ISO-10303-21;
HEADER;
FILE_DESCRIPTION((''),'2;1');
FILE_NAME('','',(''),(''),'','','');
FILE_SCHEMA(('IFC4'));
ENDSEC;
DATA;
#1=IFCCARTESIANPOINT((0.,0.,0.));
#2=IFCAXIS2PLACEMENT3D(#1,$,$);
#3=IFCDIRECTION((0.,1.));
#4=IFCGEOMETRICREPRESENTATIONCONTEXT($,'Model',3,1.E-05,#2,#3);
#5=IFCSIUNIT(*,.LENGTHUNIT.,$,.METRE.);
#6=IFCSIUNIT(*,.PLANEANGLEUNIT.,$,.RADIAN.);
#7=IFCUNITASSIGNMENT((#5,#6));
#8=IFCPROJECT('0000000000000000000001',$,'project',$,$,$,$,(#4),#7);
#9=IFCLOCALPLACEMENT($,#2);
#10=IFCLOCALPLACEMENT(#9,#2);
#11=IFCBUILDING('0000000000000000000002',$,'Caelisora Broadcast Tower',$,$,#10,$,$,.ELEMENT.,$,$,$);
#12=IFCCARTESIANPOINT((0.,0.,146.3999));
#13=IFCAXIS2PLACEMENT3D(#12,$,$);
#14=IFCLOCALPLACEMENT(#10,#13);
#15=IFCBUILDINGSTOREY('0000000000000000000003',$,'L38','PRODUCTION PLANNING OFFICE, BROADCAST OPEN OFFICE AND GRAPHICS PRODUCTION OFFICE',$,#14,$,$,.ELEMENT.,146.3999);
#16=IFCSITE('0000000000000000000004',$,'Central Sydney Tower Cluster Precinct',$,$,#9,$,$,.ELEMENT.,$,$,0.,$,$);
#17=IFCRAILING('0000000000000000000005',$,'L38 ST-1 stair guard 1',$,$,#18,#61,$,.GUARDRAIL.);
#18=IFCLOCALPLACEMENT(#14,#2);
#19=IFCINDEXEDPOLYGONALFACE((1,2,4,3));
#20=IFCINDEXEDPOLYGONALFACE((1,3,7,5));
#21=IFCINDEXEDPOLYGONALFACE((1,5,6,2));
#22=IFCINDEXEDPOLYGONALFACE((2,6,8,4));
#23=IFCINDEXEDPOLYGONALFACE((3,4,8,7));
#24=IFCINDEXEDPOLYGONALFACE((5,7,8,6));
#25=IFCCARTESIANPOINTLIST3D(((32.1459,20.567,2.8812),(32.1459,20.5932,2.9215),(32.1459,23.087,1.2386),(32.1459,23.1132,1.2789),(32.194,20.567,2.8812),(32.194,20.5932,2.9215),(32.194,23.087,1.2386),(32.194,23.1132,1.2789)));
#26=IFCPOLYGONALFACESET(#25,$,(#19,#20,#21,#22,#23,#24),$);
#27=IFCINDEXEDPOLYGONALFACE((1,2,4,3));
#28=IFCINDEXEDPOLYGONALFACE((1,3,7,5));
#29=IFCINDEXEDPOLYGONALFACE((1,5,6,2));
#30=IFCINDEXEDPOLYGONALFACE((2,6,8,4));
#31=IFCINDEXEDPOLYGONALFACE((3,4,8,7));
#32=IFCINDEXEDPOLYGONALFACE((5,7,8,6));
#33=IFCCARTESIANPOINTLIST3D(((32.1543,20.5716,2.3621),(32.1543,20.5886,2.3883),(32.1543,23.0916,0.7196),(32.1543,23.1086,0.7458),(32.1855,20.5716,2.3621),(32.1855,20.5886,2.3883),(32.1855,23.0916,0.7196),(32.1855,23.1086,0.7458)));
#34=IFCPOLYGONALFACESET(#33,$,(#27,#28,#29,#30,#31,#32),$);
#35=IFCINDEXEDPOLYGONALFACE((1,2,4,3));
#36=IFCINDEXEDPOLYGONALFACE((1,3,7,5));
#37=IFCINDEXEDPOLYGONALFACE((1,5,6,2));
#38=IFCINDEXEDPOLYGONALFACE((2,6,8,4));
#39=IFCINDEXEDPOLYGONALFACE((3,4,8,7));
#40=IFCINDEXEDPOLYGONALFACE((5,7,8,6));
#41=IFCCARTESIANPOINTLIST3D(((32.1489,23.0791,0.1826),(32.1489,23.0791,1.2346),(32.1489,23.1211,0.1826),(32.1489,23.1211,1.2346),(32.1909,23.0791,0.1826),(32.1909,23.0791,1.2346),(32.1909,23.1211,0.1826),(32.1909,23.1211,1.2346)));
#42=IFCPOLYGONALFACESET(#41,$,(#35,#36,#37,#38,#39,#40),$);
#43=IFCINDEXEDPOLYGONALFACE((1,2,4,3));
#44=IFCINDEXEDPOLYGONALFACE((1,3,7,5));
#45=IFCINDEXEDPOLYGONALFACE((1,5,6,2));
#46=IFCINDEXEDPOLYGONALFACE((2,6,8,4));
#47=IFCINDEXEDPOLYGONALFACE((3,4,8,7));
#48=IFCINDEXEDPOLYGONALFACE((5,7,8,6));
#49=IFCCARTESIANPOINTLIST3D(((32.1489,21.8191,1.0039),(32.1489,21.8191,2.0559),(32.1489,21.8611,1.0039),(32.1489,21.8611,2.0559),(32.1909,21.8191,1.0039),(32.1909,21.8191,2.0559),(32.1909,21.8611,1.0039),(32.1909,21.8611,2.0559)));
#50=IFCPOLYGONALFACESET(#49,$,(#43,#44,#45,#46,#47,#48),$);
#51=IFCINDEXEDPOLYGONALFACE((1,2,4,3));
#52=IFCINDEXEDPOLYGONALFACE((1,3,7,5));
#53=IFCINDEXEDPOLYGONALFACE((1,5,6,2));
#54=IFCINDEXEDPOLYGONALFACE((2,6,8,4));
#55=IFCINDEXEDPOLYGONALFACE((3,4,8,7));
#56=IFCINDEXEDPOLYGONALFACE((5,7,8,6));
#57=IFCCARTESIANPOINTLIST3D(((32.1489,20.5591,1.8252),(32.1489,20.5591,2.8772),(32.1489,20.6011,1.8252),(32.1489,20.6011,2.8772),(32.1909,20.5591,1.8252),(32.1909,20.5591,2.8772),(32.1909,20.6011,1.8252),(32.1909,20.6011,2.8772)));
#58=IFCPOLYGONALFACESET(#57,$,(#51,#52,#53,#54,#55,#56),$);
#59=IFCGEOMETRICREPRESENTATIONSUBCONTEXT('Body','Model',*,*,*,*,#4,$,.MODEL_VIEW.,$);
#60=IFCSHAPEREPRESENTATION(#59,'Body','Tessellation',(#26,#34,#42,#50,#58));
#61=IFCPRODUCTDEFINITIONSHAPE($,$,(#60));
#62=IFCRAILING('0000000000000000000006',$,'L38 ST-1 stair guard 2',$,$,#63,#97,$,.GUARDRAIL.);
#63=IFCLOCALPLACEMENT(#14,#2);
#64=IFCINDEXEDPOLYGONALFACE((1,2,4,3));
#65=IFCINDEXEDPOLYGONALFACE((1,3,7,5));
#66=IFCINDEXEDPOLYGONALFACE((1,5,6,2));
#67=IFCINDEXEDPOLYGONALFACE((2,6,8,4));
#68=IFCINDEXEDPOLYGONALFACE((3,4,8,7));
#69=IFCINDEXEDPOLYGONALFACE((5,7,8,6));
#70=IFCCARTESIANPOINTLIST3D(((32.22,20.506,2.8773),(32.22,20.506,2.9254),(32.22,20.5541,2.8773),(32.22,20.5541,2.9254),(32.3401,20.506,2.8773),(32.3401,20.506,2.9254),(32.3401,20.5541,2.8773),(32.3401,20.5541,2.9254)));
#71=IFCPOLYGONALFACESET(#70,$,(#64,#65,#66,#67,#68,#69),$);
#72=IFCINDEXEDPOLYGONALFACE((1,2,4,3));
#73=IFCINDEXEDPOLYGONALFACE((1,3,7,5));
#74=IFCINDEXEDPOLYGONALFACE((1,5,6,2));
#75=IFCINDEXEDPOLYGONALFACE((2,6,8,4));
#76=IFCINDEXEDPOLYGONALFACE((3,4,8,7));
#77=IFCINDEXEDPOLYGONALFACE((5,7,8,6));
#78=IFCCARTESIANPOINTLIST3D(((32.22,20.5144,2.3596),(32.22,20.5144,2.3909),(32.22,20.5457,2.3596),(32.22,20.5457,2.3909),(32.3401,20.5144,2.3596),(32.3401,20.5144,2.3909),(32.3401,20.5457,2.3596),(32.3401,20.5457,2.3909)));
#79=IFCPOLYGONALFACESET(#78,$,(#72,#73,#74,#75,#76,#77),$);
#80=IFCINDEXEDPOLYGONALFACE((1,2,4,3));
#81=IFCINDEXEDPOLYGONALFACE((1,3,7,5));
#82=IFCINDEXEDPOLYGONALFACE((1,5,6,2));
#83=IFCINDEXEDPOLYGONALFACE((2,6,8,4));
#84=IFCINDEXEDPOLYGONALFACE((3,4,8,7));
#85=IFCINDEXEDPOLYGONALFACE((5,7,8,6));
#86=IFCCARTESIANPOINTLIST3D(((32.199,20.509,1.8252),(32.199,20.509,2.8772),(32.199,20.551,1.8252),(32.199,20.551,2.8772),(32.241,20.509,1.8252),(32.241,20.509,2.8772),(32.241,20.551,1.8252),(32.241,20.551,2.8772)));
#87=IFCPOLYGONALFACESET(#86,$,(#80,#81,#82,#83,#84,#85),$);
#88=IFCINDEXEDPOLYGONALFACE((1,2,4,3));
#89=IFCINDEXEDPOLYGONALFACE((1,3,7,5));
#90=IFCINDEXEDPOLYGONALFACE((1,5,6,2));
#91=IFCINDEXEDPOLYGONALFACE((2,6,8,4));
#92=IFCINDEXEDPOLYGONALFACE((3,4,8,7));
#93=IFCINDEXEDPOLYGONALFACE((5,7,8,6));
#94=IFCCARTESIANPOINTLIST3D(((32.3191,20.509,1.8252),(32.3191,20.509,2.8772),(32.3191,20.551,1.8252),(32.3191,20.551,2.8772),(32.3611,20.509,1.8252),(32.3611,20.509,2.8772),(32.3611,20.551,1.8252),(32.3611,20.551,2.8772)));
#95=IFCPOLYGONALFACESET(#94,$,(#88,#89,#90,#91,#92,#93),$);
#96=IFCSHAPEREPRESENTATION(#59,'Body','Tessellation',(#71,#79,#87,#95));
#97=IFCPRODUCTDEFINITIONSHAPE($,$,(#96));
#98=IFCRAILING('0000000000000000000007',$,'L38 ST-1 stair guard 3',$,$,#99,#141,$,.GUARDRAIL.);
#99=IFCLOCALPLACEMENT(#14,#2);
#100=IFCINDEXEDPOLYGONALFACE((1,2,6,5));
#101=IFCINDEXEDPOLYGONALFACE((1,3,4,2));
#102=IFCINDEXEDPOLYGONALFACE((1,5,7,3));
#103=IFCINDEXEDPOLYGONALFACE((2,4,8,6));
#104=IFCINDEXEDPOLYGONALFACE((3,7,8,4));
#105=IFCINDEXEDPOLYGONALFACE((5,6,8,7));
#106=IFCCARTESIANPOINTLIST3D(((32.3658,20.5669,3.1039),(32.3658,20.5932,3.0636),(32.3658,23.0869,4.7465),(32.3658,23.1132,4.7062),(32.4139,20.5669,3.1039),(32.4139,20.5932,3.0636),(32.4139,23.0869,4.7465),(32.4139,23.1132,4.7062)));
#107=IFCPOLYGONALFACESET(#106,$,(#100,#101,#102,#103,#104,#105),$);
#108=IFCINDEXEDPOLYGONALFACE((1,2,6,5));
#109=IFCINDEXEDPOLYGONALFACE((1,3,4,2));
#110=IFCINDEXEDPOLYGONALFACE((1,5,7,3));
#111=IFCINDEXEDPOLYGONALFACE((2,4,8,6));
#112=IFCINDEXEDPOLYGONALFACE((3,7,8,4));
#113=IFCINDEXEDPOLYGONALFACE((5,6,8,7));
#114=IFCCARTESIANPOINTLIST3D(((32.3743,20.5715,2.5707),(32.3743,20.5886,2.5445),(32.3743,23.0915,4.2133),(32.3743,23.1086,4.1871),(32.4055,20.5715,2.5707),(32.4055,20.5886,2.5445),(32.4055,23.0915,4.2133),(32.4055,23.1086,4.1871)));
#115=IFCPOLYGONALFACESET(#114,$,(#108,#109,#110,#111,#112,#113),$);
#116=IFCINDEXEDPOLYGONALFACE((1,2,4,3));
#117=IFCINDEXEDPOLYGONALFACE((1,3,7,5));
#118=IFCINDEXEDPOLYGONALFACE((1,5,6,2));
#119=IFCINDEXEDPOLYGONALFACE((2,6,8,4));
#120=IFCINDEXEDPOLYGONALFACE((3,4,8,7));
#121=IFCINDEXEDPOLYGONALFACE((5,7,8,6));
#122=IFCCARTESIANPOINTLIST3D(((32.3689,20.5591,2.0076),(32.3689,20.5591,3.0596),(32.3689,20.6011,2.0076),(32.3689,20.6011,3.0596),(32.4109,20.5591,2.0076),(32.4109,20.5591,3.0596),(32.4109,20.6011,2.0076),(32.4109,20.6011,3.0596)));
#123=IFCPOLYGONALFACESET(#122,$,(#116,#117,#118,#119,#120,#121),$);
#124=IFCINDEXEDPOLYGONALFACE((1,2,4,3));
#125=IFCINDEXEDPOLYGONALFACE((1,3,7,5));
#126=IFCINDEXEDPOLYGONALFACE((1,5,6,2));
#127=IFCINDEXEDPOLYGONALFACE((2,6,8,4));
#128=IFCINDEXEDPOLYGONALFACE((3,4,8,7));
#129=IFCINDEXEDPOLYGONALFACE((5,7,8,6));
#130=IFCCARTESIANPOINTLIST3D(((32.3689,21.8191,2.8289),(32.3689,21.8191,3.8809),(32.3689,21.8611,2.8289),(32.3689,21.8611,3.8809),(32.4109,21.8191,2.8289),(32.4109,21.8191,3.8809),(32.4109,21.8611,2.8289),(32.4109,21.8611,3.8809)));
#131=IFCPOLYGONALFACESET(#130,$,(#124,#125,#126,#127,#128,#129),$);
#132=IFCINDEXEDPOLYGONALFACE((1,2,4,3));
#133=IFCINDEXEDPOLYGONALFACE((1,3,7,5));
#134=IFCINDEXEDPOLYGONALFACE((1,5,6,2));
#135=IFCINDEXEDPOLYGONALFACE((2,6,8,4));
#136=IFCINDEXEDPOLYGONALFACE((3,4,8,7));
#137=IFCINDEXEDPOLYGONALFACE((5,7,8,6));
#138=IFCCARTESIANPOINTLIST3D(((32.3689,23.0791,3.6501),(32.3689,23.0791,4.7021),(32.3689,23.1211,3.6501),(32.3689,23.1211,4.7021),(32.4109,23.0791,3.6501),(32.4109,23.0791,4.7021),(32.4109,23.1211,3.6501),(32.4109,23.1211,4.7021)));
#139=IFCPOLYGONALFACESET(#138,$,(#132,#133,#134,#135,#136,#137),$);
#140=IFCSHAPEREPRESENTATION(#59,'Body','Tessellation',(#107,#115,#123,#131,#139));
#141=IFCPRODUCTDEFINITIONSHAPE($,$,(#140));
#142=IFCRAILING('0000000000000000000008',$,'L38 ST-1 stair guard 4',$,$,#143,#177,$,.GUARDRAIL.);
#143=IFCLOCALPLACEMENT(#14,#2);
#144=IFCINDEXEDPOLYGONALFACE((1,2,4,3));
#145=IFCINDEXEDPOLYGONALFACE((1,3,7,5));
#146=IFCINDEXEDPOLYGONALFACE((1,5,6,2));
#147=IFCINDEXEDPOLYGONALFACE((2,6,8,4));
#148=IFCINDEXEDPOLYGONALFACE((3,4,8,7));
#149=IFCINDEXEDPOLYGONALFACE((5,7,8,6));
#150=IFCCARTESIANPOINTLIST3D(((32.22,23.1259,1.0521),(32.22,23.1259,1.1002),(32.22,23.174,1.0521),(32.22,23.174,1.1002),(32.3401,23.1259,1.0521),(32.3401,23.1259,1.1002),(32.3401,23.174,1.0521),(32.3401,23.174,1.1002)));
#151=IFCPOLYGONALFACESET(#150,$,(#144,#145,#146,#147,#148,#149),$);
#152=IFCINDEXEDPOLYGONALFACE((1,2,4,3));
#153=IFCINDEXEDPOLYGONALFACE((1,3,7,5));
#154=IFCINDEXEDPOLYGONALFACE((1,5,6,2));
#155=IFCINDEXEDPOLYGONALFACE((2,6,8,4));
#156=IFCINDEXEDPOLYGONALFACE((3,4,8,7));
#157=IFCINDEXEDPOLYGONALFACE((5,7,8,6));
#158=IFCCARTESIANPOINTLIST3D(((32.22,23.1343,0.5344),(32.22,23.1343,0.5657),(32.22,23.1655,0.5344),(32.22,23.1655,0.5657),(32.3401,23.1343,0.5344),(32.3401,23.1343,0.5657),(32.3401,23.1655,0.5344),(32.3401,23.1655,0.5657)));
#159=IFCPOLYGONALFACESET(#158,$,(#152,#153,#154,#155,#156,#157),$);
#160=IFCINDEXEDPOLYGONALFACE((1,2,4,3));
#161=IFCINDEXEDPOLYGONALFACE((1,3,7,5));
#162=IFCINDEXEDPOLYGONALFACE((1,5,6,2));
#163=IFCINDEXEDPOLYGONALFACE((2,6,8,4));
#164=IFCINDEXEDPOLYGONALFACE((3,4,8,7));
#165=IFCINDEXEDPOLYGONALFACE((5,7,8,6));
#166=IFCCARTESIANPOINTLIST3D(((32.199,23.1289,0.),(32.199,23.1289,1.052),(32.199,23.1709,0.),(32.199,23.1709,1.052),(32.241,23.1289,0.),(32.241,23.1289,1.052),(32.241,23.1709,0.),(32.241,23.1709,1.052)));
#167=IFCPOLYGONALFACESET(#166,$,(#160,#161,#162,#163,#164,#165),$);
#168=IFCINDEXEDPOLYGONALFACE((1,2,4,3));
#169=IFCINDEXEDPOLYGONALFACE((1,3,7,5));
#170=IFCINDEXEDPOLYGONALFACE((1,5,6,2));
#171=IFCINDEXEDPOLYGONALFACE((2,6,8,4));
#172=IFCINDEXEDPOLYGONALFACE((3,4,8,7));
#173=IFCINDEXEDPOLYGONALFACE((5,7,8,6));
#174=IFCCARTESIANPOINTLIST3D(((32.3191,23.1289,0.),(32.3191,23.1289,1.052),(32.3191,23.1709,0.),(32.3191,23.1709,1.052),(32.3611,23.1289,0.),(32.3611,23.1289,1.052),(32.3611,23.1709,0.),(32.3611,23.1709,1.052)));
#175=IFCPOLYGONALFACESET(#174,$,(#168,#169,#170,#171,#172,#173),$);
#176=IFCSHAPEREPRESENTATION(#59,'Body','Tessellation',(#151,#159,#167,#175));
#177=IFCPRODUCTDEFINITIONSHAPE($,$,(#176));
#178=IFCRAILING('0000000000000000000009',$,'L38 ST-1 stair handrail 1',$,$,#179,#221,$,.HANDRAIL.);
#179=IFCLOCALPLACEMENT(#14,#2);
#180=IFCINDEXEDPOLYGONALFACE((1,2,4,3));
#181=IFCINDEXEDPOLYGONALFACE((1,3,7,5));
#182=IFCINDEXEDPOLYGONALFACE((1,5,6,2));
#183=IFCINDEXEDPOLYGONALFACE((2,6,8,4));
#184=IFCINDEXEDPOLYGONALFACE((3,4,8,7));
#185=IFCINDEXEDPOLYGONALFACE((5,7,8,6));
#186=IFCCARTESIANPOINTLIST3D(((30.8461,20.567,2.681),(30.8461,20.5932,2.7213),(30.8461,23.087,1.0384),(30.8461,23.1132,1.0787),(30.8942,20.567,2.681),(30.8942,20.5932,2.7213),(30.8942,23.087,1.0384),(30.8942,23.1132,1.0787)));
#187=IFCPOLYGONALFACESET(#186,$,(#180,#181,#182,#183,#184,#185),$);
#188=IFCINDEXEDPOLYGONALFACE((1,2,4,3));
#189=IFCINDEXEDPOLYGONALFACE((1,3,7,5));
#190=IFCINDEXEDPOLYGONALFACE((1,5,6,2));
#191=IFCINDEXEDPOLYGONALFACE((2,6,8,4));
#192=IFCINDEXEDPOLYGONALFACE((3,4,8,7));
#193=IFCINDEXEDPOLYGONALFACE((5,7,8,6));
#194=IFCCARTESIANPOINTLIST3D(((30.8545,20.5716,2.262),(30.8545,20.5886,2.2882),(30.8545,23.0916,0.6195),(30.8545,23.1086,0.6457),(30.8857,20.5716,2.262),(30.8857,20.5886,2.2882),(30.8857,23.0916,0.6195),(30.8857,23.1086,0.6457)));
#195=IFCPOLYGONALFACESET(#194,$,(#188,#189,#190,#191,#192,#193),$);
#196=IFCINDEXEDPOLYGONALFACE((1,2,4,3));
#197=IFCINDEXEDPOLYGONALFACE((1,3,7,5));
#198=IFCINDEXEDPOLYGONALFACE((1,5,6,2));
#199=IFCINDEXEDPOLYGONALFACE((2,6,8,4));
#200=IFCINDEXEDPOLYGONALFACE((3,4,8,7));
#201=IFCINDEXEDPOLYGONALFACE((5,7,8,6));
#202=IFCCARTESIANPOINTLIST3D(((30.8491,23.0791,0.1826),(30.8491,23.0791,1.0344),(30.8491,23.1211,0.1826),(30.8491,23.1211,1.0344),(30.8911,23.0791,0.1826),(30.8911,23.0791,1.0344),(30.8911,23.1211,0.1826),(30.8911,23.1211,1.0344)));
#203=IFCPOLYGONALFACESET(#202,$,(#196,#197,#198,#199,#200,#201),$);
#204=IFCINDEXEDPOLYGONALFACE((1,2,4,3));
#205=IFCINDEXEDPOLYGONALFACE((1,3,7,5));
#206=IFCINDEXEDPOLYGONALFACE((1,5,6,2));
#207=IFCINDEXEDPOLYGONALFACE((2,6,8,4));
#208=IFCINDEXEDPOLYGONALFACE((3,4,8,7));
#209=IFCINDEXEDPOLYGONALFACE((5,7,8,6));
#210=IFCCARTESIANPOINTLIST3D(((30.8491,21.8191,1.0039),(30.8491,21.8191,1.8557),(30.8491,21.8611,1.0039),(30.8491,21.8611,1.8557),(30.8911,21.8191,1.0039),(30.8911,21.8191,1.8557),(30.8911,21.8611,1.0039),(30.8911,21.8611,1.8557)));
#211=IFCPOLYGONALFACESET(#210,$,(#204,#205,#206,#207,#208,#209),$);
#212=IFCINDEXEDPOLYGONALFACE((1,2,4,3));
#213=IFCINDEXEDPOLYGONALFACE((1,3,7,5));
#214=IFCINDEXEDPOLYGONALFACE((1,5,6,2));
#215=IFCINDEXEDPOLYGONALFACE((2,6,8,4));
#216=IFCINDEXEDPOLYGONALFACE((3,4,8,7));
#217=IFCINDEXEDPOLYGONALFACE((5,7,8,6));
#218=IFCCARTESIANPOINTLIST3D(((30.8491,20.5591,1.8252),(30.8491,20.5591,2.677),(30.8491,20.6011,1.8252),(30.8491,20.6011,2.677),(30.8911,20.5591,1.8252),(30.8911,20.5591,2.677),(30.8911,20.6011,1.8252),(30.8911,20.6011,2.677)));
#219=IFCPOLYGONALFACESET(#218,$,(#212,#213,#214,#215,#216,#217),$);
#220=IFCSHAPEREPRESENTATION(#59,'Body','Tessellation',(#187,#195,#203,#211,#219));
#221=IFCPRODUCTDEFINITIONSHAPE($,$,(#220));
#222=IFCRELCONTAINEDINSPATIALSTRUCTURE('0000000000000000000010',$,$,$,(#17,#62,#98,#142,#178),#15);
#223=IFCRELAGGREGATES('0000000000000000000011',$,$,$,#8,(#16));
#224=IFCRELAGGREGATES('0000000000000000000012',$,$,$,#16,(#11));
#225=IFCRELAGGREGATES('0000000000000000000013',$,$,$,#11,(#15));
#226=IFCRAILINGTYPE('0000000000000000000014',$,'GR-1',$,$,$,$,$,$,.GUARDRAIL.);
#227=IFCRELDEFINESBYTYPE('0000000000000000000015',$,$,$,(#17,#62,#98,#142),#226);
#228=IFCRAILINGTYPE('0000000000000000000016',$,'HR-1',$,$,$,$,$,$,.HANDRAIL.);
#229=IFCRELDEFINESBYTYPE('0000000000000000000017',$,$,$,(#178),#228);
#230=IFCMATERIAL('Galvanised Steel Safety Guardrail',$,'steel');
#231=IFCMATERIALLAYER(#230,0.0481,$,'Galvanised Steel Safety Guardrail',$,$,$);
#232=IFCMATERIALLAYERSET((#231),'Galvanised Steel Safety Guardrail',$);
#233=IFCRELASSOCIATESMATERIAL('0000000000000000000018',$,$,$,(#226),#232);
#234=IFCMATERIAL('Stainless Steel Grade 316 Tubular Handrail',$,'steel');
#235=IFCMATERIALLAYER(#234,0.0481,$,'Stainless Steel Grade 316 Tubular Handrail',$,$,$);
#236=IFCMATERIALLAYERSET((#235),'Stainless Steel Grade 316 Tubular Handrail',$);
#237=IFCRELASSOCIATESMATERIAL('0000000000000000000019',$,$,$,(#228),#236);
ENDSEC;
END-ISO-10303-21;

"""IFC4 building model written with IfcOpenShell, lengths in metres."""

from ifc_helpers import new_model, si_unit, direction, frame, origin, origin_2d, place, context, subcontext, project, spatial, rectangle, extrude, material, layer, layer_set, type_object, element, save


model = new_model("IFC4")

# Units and contexts
model_context = context("Model", 3, precision=1e-05, world=origin(), true_north=direction((0.0, 1.0)))
body_context = subcontext(model_context, "Body", "Model", "MODEL_VIEW")
ifc_project = project(units=[si_unit("LENGTHUNIT", "METRE"), si_unit("PLANEANGLEUNIT", "RADIAN")], contexts=[model_context])

# Site, building, storey
site_placement = place(None, origin())
site = spatial("IfcSite", under=ifc_project, at=site_placement, Name="Central Sydney Tower Cluster Precinct", CompositionType="ELEMENT", RefElevation=0.0)
building_placement = place(site_placement, origin())
building = spatial("IfcBuilding", under=site, at=building_placement, Name="Caelisora Broadcast Tower", CompositionType="ELEMENT")
storey_placement = place(building_placement, frame((0.0, 0.0, 146.3999)))
storey = spatial("IfcBuildingStorey", under=building, at=storey_placement, Name="L38", Description="PRODUCTION PLANNING OFFICE, BROADCAST OPEN OFFICE AND GRAPHICS PRODUCTION OFFICE", CompositionType="ELEMENT", Elevation=146.3999)

# Railings
ifc_material_1 = material(Name="Galvanised Steel Safety Guardrail", Category="steel")
ifc_layer_1 = layer(ifc_material_1, 0.0481, Name="Galvanised Steel Safety Guardrail")
ifc_layer_set_1 = layer_set([ifc_layer_1], Name="Galvanised Steel Safety Guardrail")
railing_type_1 = type_object("IfcRailingType", Name="GR-1", PredefinedType="GUARDRAIL", material=ifc_layer_set_1)
railing_1_placement = place(storey_placement, frame((32.1699, 23.1001, 0.1826)))
element("IfcRailing", 1, at=railing_1_placement, inside=storey, type_object=railing_type_1, Name="L38 ST-1 stair guard 1", PredefinedType="GUARDRAIL", context=body_context, shape_type="SweptSolid", body=[
    extrude(rectangle(XDim=0.0481, YDim=0.0481, at=origin_2d()), frame((0.0, 0.0, 1.0762), z_axis=(0.0, -0.837749, 0.546055), x_axis=(1.0, 0.0, 0.0)), (0.0, 0.0, 1.0), 3.0081),
    extrude(rectangle(XDim=0.0312, YDim=0.0312, at=origin_2d()), frame((0.0, 0.0, 0.55), z_axis=(0.0, -0.837749, 0.546055), x_axis=(1.0, 0.0, 0.0)), (0.0, 0.0, 1.0), 3.0081),
    extrude(rectangle(XDim=0.042, YDim=0.042, at=origin_2d()), origin(), (0.0, 0.0, 1.0), 1.052),
    extrude(rectangle(XDim=0.042, YDim=0.042, at=origin_2d()), frame((0.0, -1.26, 0.8213)), (0.0, 0.0, 1.0), 1.052),
    extrude(rectangle(XDim=0.042, YDim=0.042, at=origin_2d()), frame((0.0, -2.52, 1.6426)), (0.0, 0.0, 1.0), 1.052),
])
railing_2_placement = place(storey_placement, frame((32.22, 20.53, 1.8252)))
element("IfcRailing", 2, at=railing_2_placement, inside=storey, type_object=railing_type_1, Name="L38 ST-1 stair guard 2", PredefinedType="GUARDRAIL", context=body_context, shape_type="SweptSolid", body=[
    extrude(rectangle(XDim=0.0481, YDim=0.0481, at=origin_2d()), frame((0.0, 0.0, 1.0762), z_axis=(1.0, 0.0, 0.0), x_axis=(0.0, 1.0, 0.0)), (0.0, 0.0, 1.0), 0.1201),
    extrude(rectangle(XDim=0.0312, YDim=0.0312, at=origin_2d()), frame((0.0, 0.0, 0.55), z_axis=(1.0, 0.0, 0.0), x_axis=(0.0, 1.0, 0.0)), (0.0, 0.0, 1.0), 0.1201),
    extrude(rectangle(XDim=0.042, YDim=0.042, at=origin_2d()), origin(), (0.0, 0.0, 1.0), 1.052),
    extrude(rectangle(XDim=0.042, YDim=0.042, at=origin_2d()), frame((0.1201, 0.0, 0.0)), (0.0, 0.0, 1.0), 1.052),
])
railing_3_placement = place(storey_placement, frame((32.3899, 20.5801, 2.0076)))
element("IfcRailing", 3, at=railing_3_placement, inside=storey, type_object=railing_type_1, Name="L38 ST-1 stair guard 3", PredefinedType="GUARDRAIL", context=body_context, shape_type="SweptSolid", body=[
    extrude(rectangle(XDim=0.0481, YDim=0.0481, at=origin_2d()), frame((0.0, 0.0, 1.0762), z_axis=(0.0, 0.837749, 0.546055), x_axis=(-1.0, 0.0, 0.0)), (0.0, 0.0, 1.0), 3.0081),
    extrude(rectangle(XDim=0.0312, YDim=0.0312, at=origin_2d()), frame((0.0, 0.0, 0.55), z_axis=(0.0, 0.837749, 0.546055), x_axis=(-1.0, 0.0, 0.0)), (0.0, 0.0, 1.0), 3.0081),
    extrude(rectangle(XDim=0.042, YDim=0.042, at=origin_2d()), origin(), (0.0, 0.0, 1.0), 1.052),
    extrude(rectangle(XDim=0.042, YDim=0.042, at=origin_2d()), frame((0.0, 1.26, 0.8213)), (0.0, 0.0, 1.0), 1.052),
    extrude(rectangle(XDim=0.042, YDim=0.042, at=origin_2d()), frame((0.0, 2.52, 1.6426)), (0.0, 0.0, 1.0), 1.052),
])
railing_4_placement = place(storey_placement, frame((32.22, 23.1499, 0.0)))
element("IfcRailing", 4, at=railing_4_placement, inside=storey, type_object=railing_type_1, Name="L38 ST-1 stair guard 4", PredefinedType="GUARDRAIL", context=body_context, shape_type="SweptSolid", body=[
    extrude(rectangle(XDim=0.0481, YDim=0.0481, at=origin_2d()), frame((0.0, 0.0, 1.0762), z_axis=(1.0, 0.0, 0.0), x_axis=(0.0, 1.0, 0.0)), (0.0, 0.0, 1.0), 0.1201),
    extrude(rectangle(XDim=0.0312, YDim=0.0312, at=origin_2d()), frame((0.0, 0.0, 0.55), z_axis=(1.0, 0.0, 0.0), x_axis=(0.0, 1.0, 0.0)), (0.0, 0.0, 1.0), 0.1201),
    extrude(rectangle(XDim=0.042, YDim=0.042, at=origin_2d()), origin(), (0.0, 0.0, 1.0), 1.052),
    extrude(rectangle(XDim=0.042, YDim=0.042, at=origin_2d()), frame((0.1201, 0.0, 0.0)), (0.0, 0.0, 1.0), 1.052),
])
ifc_material_2 = material(Name="Stainless Steel Grade 316 Tubular Handrail", Category="steel")
ifc_layer_2 = layer(ifc_material_2, 0.0481, Name="Stainless Steel Grade 316 Tubular Handrail")
ifc_layer_set_2 = layer_set([ifc_layer_2], Name="Stainless Steel Grade 316 Tubular Handrail")
railing_type_2 = type_object("IfcRailingType", Name="HR-1", PredefinedType="HANDRAIL", material=ifc_layer_set_2)
railing_5_placement = place(storey_placement, frame((30.8701, 23.1001, 0.1826)))
element("IfcRailing", 5, at=railing_5_placement, inside=storey, type_object=railing_type_2, Name="L38 ST-1 stair handrail 1", PredefinedType="HANDRAIL", context=body_context, shape_type="SweptSolid", body=[
    extrude(rectangle(XDim=0.0481, YDim=0.0481, at=origin_2d()), frame((0.0, 0.0, 0.876), z_axis=(0.0, -0.837749, 0.546055), x_axis=(1.0, 0.0, 0.0)), (0.0, 0.0, 1.0), 3.0081),
    extrude(rectangle(XDim=0.0312, YDim=0.0312, at=origin_2d()), frame((0.0, 0.0, 0.45), z_axis=(0.0, -0.837749, 0.546055), x_axis=(1.0, 0.0, 0.0)), (0.0, 0.0, 1.0), 3.0081),
    extrude(rectangle(XDim=0.042, YDim=0.042, at=origin_2d()), origin(), (0.0, 0.0, 1.0), 0.8518),
    extrude(rectangle(XDim=0.042, YDim=0.042, at=origin_2d()), frame((0.0, -1.26, 0.8213)), (0.0, 0.0, 1.0), 0.8518),
    extrude(rectangle(XDim=0.042, YDim=0.042, at=origin_2d()), frame((0.0, -2.52, 1.6426)), (0.0, 0.0, 1.0), 0.8518),
])

save(model, "model.ifc")
